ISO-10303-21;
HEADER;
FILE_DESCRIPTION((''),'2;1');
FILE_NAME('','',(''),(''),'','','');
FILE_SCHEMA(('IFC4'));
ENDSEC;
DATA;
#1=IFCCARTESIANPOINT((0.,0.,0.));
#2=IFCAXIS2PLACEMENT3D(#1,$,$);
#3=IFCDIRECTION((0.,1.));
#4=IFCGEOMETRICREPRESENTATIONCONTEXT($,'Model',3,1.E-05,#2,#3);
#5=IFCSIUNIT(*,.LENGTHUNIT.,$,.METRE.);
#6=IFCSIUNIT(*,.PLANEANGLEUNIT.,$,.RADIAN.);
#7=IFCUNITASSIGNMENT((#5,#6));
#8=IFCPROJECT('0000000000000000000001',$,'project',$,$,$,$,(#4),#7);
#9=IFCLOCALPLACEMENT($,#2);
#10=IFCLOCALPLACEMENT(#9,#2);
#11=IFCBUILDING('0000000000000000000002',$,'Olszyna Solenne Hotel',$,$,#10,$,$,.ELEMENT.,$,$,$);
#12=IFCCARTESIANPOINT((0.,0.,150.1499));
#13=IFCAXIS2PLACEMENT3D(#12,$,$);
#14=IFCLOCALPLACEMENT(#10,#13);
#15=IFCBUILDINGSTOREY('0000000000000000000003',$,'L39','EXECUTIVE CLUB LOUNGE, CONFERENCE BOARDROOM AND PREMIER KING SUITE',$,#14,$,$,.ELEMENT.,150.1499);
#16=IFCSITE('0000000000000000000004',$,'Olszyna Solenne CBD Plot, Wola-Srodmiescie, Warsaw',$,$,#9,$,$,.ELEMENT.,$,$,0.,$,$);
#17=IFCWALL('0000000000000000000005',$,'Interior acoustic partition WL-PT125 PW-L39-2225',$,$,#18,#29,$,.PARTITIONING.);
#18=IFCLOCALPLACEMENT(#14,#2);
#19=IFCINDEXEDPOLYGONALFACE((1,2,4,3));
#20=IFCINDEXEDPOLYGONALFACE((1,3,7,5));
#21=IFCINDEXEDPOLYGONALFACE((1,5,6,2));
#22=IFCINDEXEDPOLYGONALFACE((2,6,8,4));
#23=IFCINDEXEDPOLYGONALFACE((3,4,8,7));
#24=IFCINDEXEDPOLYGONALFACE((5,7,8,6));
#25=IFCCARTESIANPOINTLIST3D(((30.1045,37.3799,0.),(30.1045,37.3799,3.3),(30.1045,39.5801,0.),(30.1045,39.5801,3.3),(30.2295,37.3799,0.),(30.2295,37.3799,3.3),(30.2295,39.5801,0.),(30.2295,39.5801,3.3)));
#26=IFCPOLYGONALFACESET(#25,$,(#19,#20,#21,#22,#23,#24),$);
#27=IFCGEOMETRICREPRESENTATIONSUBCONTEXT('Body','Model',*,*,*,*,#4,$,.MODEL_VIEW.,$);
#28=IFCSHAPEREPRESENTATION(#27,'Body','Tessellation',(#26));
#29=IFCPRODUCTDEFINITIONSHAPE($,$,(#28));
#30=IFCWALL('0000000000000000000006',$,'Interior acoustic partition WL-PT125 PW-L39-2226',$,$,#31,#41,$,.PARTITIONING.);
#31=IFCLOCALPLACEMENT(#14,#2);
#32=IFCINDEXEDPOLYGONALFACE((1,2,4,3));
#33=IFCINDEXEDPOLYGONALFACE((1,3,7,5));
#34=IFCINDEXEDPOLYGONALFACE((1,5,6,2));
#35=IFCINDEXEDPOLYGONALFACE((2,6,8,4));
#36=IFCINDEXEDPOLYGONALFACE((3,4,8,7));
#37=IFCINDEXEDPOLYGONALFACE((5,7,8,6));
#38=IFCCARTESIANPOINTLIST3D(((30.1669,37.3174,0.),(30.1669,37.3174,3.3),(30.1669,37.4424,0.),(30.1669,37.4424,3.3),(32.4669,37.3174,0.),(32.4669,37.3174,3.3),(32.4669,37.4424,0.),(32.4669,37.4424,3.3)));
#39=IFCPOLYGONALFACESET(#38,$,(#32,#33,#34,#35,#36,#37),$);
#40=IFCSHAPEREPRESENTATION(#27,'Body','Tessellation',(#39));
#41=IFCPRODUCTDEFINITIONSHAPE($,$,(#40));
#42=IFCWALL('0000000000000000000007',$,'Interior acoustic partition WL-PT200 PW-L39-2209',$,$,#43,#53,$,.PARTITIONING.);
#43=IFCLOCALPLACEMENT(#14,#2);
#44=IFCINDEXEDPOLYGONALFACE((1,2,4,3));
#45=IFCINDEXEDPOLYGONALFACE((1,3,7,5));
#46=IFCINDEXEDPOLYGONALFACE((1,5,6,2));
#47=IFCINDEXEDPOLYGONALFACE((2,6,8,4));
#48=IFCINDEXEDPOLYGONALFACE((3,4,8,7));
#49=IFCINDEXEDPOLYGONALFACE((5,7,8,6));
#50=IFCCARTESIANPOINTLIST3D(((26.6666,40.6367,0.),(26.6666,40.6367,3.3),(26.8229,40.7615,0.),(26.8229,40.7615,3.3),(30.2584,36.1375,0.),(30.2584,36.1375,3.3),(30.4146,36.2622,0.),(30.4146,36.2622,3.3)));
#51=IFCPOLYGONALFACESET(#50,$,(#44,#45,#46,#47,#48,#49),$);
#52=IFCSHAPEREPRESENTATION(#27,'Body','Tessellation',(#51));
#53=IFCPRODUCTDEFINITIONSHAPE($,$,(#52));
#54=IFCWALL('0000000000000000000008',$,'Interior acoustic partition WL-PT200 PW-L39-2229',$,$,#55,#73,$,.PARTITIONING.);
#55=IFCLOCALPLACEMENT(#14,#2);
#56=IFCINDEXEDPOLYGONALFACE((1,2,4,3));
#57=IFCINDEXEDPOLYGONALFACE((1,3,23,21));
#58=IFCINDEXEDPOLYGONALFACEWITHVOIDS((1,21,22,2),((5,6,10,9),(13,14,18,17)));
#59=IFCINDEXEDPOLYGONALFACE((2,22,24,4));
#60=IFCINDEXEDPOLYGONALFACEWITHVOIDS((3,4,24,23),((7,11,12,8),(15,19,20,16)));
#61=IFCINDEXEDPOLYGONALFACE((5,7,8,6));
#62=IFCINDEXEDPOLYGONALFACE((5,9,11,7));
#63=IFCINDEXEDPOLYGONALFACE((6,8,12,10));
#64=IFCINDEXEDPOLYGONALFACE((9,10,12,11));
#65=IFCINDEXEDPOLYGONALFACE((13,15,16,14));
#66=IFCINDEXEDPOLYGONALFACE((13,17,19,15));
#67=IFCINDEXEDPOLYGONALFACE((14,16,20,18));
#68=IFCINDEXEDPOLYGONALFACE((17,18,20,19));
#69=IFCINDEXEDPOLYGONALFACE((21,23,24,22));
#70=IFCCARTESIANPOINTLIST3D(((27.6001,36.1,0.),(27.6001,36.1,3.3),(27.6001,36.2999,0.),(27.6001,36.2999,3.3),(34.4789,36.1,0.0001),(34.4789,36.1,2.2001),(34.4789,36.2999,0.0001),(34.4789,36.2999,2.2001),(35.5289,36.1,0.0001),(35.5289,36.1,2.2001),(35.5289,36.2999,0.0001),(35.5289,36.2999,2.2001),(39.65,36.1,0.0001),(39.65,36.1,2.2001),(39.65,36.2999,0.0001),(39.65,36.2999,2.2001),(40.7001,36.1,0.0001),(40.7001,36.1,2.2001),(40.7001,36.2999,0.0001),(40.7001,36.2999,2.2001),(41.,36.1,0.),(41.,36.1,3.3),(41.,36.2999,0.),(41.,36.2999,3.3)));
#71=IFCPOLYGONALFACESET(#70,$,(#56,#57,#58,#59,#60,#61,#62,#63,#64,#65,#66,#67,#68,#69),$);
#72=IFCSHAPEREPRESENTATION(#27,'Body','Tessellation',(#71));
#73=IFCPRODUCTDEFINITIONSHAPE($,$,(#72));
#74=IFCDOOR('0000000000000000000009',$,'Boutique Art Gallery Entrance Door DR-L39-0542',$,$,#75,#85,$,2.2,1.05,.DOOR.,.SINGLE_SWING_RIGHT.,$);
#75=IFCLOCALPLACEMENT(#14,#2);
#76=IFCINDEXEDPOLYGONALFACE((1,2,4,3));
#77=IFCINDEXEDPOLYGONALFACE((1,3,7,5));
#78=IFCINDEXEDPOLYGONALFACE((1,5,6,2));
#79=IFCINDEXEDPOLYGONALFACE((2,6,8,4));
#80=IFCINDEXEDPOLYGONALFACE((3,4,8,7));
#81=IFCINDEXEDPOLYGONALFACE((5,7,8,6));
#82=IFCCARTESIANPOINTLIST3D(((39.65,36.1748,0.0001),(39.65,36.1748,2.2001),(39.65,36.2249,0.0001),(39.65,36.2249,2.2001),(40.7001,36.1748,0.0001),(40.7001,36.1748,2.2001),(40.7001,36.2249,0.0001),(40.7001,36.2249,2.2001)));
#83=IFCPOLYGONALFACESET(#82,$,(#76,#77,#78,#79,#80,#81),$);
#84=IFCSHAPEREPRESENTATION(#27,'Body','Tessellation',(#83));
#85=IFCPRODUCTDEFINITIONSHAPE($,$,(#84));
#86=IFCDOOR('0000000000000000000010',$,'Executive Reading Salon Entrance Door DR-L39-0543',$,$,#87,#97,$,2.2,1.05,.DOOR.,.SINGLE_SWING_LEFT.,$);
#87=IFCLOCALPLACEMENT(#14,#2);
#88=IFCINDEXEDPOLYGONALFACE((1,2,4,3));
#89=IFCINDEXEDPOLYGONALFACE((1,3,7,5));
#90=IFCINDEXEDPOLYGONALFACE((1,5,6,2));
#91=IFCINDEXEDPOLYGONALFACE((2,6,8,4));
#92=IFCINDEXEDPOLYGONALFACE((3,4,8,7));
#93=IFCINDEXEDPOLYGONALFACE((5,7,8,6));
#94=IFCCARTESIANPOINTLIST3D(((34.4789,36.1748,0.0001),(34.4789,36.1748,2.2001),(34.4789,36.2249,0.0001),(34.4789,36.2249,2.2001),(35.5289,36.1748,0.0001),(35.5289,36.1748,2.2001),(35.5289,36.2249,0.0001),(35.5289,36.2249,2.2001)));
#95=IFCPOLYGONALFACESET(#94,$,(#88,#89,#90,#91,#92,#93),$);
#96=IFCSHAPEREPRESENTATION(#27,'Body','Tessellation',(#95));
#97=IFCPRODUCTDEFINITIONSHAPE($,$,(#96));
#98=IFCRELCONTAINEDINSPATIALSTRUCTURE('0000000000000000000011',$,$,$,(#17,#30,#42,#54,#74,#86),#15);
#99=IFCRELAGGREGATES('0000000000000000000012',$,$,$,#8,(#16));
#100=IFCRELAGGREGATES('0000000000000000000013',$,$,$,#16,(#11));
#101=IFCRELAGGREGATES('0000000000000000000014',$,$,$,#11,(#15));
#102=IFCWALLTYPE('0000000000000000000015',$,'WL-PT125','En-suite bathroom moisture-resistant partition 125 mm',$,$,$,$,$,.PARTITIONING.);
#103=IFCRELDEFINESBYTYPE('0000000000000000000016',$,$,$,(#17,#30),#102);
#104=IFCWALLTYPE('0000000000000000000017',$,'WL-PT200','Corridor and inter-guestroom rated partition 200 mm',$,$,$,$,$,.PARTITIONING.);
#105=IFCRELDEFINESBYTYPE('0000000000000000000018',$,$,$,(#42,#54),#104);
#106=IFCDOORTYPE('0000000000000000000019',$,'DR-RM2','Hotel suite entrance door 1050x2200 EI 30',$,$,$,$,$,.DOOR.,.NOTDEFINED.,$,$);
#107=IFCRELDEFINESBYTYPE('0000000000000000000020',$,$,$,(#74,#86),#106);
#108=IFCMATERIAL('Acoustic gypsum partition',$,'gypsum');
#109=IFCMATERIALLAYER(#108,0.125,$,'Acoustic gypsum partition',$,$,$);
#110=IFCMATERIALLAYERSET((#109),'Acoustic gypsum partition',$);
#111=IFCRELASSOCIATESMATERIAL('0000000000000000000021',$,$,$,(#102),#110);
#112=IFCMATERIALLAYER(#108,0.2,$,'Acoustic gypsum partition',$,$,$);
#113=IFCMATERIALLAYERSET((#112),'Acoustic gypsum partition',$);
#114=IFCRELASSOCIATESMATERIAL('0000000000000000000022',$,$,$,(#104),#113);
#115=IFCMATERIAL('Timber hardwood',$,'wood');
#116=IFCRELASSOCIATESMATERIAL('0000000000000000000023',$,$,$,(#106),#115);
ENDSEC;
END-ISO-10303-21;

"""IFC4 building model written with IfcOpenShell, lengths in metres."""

from ifc_helpers import new_model, si_unit, direction, frame, frame_2d, origin, place, context, subcontext, project, spatial, rectangle, extrude, source, transform, mapped, material, layer, layer_set, type_object, type_shapes, element, fill, save


model = new_model("IFC4")

# Units and contexts
model_context = context("Model", 3, precision=1e-05, world=origin(), true_north=direction((0.0, 1.0)))
body_context = subcontext(model_context, "Body", "Model", "MODEL_VIEW")
ifc_project = project(units=[si_unit("LENGTHUNIT", "METRE"), si_unit("PLANEANGLEUNIT", "RADIAN")], contexts=[model_context])

# Site, building, storey
site_placement = place(None, origin())
site = spatial("IfcSite", under=ifc_project, at=site_placement, Name="Olszyna Solenne CBD Plot, Wola-Srodmiescie, Warsaw", CompositionType="ELEMENT", RefElevation=0.0)
building_placement = place(site_placement, origin())
building = spatial("IfcBuilding", under=site, at=building_placement, Name="Olszyna Solenne Hotel", CompositionType="ELEMENT")
storey_placement = place(building_placement, frame((0.0, 0.0, 150.1499)))
storey = spatial("IfcBuildingStorey", under=building, at=storey_placement, Name="L39", Description="EXECUTIVE CLUB LOUNGE, CONFERENCE BOARDROOM AND PREMIER KING SUITE", CompositionType="ELEMENT", Elevation=150.1499)

# Shared definitions
ifc_material_1 = material(Name="Acoustic gypsum partition", Category="gypsum")
ifc_layer_1 = layer(ifc_material_1, 0.125, Name="Acoustic gypsum partition")
ifc_layer_set_1 = layer_set([ifc_layer_1], Name="Acoustic gypsum partition")
wall_type_1 = type_object("IfcWallType", Name="WL-PT125", Description="En-suite bathroom moisture-resistant partition 125 mm", PredefinedType="PARTITIONING", material=ifc_layer_set_1)
ifc_material_2 = material(Name="Timber hardwood", Category="wood")

# Walls
wall_1_placement = place(storey_placement, frame((30.167, 39.5801, 0.0), z_axis=(0.0, 0.0, 1.0), x_axis=(0.0, -1.0, 0.0)))
element("IfcWall", 1, at=wall_1_placement, inside=storey, type_object=wall_type_1, Name="Interior acoustic partition WL-PT125 PW-L39-2225", PredefinedType="PARTITIONING", context=body_context, shape_type="SweptSolid", body=[
    extrude(rectangle(XDim=2.2002, YDim=0.125, at=frame_2d((1.1001, 0.0))), origin(), (0.0, 0.0, 1.0), 3.3),
])
wall_2_placement = place(storey_placement, frame((30.167, 37.3799, 0.0), z_axis=(0.0, 0.0, 1.0), x_axis=(1.0, 0.0, 0.0)))
element("IfcWall", 2, at=wall_2_placement, inside=storey, type_object=wall_type_1, Name="Interior acoustic partition WL-PT125 PW-L39-2226", PredefinedType="PARTITIONING", context=body_context, shape_type="SweptSolid", body=[
    extrude(rectangle(XDim=2.3, YDim=0.125, at=frame_2d((1.1499, 0.0))), origin(), (0.0, 0.0, 1.0), 3.3),
])
ifc_layer_2 = layer(ifc_material_1, 0.2, Name="Acoustic gypsum partition")
ifc_layer_set_2 = layer_set([ifc_layer_2], Name="Acoustic gypsum partition")
wall_type_2 = type_object("IfcWallType", Name="WL-PT200", Description="Corridor and inter-guestroom rated partition 200 mm", PredefinedType="PARTITIONING", material=ifc_layer_set_2)
wall_3_placement = place(storey_placement, frame((30.3364, 36.2, 0.0), z_axis=(0.0, 0.0, 1.0), x_axis=(-0.623888, 0.781514, 0.0)))
element("IfcWall", 3, at=wall_3_placement, inside=storey, type_object=wall_type_2, Name="Interior acoustic partition WL-PT200 PW-L39-2209", PredefinedType="PARTITIONING", context=body_context, shape_type="SweptSolid", body=[
    extrude(rectangle(XDim=5.7571, YDim=0.2, at=frame_2d((2.8784, 0.0))), origin(), (0.0, 0.0, 1.0), 3.3),
])

# Wall, openings, doors
wall_4_placement = place(storey_placement, frame((27.6001, 36.2, 0.0), z_axis=(0.0, 0.0, 1.0), x_axis=(1.0, 0.0, 0.0)))
wall_4 = element("IfcWall", 4, at=wall_4_placement, inside=storey, type_object=wall_type_2, Name="Interior acoustic partition WL-PT200 PW-L39-2229", PredefinedType="PARTITIONING", context=body_context, shape_type="SweptSolid", body=[
    extrude(rectangle(XDim=13.3999, YDim=0.2, at=frame_2d((6.7, 0.0))), origin(), (0.0, 0.0, 1.0), 3.3),
])
opening_1_placement = place(wall_4_placement, frame((12.05, 0.0, 0.0)))
opening_1 = element("IfcOpeningElement", 5, at=opening_1_placement, cuts=wall_4, PredefinedType="OPENING", context=body_context, shape_type="SweptSolid", body=[
    extrude(rectangle(XDim=1.05, YDim=2.2, at=frame_2d((0.5249, 1.1001))), frame((0.0, 0.1099, 0.0), z_axis=(0.0, -1.0, 0.0), x_axis=(1.0, 0.0, 0.0)), (0.0, 0.0, 1.0), 0.22),
])
opening_2_placement = place(wall_4_placement, frame((6.8789, 0.0, 0.0)))
opening_2 = element("IfcOpeningElement", 6, at=opening_2_placement, cuts=wall_4, PredefinedType="OPENING", context=body_context, shape_type="SweptSolid", body=[
    extrude(rectangle(XDim=1.05, YDim=2.2, at=frame_2d((0.5249, 1.1001))), frame((0.0, 0.1099, 0.0), z_axis=(0.0, -1.0, 0.0), x_axis=(1.0, 0.0, 0.0)), (0.0, 0.0, 1.0), 0.22),
])
door_type_1 = type_object("IfcDoorType", Name="DR-RM2", Description="Hotel suite entrance door 1050x2200 EI 30", OperationType="NOTDEFINED", PredefinedType="DOOR", material=ifc_material_2)
shared_shape_1 = source(origin(), body_context, "Body", "SweptSolid", [
    extrude(rectangle(XDim=1.05, YDim=2.2, at=frame_2d((0.5249, 1.1001))), frame((0.0, 0.0249, 0.0), z_axis=(0.0, -1.0, 0.0), x_axis=(1.0, 0.0, 0.0)), (0.0, 0.0, 1.0), 0.05),
])
type_shapes(door_type_1, [shared_shape_1])
door_1_placement = place(opening_1_placement, origin())
door_1 = element("IfcDoor", 7, at=door_1_placement, inside=storey, type_object=door_type_1, Name="Boutique Art Gallery Entrance Door DR-L39-0542", OperationType="SINGLE_SWING_RIGHT", OverallHeight=2.2, OverallWidth=1.05, PredefinedType="DOOR", context=body_context, shape_type="MappedRepresentation", body=[
    mapped(shared_shape_1, transform((0.0, 0.0, 0.0), x_axis=(1.0, 0.0, 0.0), y_axis=(0.0, 1.0, 0.0), z_axis=(0.0, 0.0, 1.0), scale=1.0)),
])
fill(opening_1, door_1)
door_2_placement = place(opening_2_placement, origin())
door_2 = element("IfcDoor", 8, at=door_2_placement, inside=storey, type_object=door_type_1, Name="Executive Reading Salon Entrance Door DR-L39-0543", OperationType="SINGLE_SWING_LEFT", OverallHeight=2.2, OverallWidth=1.05, PredefinedType="DOOR", context=body_context, shape_type="MappedRepresentation", body=[
    mapped(shared_shape_1, transform((0.0, 0.0, 0.0), x_axis=(1.0, 0.0, 0.0), y_axis=(0.0, 1.0, 0.0), z_axis=(0.0, 0.0, 1.0), scale=1.0)),
])
fill(opening_2, door_2)

save(model, "model.ifc")
